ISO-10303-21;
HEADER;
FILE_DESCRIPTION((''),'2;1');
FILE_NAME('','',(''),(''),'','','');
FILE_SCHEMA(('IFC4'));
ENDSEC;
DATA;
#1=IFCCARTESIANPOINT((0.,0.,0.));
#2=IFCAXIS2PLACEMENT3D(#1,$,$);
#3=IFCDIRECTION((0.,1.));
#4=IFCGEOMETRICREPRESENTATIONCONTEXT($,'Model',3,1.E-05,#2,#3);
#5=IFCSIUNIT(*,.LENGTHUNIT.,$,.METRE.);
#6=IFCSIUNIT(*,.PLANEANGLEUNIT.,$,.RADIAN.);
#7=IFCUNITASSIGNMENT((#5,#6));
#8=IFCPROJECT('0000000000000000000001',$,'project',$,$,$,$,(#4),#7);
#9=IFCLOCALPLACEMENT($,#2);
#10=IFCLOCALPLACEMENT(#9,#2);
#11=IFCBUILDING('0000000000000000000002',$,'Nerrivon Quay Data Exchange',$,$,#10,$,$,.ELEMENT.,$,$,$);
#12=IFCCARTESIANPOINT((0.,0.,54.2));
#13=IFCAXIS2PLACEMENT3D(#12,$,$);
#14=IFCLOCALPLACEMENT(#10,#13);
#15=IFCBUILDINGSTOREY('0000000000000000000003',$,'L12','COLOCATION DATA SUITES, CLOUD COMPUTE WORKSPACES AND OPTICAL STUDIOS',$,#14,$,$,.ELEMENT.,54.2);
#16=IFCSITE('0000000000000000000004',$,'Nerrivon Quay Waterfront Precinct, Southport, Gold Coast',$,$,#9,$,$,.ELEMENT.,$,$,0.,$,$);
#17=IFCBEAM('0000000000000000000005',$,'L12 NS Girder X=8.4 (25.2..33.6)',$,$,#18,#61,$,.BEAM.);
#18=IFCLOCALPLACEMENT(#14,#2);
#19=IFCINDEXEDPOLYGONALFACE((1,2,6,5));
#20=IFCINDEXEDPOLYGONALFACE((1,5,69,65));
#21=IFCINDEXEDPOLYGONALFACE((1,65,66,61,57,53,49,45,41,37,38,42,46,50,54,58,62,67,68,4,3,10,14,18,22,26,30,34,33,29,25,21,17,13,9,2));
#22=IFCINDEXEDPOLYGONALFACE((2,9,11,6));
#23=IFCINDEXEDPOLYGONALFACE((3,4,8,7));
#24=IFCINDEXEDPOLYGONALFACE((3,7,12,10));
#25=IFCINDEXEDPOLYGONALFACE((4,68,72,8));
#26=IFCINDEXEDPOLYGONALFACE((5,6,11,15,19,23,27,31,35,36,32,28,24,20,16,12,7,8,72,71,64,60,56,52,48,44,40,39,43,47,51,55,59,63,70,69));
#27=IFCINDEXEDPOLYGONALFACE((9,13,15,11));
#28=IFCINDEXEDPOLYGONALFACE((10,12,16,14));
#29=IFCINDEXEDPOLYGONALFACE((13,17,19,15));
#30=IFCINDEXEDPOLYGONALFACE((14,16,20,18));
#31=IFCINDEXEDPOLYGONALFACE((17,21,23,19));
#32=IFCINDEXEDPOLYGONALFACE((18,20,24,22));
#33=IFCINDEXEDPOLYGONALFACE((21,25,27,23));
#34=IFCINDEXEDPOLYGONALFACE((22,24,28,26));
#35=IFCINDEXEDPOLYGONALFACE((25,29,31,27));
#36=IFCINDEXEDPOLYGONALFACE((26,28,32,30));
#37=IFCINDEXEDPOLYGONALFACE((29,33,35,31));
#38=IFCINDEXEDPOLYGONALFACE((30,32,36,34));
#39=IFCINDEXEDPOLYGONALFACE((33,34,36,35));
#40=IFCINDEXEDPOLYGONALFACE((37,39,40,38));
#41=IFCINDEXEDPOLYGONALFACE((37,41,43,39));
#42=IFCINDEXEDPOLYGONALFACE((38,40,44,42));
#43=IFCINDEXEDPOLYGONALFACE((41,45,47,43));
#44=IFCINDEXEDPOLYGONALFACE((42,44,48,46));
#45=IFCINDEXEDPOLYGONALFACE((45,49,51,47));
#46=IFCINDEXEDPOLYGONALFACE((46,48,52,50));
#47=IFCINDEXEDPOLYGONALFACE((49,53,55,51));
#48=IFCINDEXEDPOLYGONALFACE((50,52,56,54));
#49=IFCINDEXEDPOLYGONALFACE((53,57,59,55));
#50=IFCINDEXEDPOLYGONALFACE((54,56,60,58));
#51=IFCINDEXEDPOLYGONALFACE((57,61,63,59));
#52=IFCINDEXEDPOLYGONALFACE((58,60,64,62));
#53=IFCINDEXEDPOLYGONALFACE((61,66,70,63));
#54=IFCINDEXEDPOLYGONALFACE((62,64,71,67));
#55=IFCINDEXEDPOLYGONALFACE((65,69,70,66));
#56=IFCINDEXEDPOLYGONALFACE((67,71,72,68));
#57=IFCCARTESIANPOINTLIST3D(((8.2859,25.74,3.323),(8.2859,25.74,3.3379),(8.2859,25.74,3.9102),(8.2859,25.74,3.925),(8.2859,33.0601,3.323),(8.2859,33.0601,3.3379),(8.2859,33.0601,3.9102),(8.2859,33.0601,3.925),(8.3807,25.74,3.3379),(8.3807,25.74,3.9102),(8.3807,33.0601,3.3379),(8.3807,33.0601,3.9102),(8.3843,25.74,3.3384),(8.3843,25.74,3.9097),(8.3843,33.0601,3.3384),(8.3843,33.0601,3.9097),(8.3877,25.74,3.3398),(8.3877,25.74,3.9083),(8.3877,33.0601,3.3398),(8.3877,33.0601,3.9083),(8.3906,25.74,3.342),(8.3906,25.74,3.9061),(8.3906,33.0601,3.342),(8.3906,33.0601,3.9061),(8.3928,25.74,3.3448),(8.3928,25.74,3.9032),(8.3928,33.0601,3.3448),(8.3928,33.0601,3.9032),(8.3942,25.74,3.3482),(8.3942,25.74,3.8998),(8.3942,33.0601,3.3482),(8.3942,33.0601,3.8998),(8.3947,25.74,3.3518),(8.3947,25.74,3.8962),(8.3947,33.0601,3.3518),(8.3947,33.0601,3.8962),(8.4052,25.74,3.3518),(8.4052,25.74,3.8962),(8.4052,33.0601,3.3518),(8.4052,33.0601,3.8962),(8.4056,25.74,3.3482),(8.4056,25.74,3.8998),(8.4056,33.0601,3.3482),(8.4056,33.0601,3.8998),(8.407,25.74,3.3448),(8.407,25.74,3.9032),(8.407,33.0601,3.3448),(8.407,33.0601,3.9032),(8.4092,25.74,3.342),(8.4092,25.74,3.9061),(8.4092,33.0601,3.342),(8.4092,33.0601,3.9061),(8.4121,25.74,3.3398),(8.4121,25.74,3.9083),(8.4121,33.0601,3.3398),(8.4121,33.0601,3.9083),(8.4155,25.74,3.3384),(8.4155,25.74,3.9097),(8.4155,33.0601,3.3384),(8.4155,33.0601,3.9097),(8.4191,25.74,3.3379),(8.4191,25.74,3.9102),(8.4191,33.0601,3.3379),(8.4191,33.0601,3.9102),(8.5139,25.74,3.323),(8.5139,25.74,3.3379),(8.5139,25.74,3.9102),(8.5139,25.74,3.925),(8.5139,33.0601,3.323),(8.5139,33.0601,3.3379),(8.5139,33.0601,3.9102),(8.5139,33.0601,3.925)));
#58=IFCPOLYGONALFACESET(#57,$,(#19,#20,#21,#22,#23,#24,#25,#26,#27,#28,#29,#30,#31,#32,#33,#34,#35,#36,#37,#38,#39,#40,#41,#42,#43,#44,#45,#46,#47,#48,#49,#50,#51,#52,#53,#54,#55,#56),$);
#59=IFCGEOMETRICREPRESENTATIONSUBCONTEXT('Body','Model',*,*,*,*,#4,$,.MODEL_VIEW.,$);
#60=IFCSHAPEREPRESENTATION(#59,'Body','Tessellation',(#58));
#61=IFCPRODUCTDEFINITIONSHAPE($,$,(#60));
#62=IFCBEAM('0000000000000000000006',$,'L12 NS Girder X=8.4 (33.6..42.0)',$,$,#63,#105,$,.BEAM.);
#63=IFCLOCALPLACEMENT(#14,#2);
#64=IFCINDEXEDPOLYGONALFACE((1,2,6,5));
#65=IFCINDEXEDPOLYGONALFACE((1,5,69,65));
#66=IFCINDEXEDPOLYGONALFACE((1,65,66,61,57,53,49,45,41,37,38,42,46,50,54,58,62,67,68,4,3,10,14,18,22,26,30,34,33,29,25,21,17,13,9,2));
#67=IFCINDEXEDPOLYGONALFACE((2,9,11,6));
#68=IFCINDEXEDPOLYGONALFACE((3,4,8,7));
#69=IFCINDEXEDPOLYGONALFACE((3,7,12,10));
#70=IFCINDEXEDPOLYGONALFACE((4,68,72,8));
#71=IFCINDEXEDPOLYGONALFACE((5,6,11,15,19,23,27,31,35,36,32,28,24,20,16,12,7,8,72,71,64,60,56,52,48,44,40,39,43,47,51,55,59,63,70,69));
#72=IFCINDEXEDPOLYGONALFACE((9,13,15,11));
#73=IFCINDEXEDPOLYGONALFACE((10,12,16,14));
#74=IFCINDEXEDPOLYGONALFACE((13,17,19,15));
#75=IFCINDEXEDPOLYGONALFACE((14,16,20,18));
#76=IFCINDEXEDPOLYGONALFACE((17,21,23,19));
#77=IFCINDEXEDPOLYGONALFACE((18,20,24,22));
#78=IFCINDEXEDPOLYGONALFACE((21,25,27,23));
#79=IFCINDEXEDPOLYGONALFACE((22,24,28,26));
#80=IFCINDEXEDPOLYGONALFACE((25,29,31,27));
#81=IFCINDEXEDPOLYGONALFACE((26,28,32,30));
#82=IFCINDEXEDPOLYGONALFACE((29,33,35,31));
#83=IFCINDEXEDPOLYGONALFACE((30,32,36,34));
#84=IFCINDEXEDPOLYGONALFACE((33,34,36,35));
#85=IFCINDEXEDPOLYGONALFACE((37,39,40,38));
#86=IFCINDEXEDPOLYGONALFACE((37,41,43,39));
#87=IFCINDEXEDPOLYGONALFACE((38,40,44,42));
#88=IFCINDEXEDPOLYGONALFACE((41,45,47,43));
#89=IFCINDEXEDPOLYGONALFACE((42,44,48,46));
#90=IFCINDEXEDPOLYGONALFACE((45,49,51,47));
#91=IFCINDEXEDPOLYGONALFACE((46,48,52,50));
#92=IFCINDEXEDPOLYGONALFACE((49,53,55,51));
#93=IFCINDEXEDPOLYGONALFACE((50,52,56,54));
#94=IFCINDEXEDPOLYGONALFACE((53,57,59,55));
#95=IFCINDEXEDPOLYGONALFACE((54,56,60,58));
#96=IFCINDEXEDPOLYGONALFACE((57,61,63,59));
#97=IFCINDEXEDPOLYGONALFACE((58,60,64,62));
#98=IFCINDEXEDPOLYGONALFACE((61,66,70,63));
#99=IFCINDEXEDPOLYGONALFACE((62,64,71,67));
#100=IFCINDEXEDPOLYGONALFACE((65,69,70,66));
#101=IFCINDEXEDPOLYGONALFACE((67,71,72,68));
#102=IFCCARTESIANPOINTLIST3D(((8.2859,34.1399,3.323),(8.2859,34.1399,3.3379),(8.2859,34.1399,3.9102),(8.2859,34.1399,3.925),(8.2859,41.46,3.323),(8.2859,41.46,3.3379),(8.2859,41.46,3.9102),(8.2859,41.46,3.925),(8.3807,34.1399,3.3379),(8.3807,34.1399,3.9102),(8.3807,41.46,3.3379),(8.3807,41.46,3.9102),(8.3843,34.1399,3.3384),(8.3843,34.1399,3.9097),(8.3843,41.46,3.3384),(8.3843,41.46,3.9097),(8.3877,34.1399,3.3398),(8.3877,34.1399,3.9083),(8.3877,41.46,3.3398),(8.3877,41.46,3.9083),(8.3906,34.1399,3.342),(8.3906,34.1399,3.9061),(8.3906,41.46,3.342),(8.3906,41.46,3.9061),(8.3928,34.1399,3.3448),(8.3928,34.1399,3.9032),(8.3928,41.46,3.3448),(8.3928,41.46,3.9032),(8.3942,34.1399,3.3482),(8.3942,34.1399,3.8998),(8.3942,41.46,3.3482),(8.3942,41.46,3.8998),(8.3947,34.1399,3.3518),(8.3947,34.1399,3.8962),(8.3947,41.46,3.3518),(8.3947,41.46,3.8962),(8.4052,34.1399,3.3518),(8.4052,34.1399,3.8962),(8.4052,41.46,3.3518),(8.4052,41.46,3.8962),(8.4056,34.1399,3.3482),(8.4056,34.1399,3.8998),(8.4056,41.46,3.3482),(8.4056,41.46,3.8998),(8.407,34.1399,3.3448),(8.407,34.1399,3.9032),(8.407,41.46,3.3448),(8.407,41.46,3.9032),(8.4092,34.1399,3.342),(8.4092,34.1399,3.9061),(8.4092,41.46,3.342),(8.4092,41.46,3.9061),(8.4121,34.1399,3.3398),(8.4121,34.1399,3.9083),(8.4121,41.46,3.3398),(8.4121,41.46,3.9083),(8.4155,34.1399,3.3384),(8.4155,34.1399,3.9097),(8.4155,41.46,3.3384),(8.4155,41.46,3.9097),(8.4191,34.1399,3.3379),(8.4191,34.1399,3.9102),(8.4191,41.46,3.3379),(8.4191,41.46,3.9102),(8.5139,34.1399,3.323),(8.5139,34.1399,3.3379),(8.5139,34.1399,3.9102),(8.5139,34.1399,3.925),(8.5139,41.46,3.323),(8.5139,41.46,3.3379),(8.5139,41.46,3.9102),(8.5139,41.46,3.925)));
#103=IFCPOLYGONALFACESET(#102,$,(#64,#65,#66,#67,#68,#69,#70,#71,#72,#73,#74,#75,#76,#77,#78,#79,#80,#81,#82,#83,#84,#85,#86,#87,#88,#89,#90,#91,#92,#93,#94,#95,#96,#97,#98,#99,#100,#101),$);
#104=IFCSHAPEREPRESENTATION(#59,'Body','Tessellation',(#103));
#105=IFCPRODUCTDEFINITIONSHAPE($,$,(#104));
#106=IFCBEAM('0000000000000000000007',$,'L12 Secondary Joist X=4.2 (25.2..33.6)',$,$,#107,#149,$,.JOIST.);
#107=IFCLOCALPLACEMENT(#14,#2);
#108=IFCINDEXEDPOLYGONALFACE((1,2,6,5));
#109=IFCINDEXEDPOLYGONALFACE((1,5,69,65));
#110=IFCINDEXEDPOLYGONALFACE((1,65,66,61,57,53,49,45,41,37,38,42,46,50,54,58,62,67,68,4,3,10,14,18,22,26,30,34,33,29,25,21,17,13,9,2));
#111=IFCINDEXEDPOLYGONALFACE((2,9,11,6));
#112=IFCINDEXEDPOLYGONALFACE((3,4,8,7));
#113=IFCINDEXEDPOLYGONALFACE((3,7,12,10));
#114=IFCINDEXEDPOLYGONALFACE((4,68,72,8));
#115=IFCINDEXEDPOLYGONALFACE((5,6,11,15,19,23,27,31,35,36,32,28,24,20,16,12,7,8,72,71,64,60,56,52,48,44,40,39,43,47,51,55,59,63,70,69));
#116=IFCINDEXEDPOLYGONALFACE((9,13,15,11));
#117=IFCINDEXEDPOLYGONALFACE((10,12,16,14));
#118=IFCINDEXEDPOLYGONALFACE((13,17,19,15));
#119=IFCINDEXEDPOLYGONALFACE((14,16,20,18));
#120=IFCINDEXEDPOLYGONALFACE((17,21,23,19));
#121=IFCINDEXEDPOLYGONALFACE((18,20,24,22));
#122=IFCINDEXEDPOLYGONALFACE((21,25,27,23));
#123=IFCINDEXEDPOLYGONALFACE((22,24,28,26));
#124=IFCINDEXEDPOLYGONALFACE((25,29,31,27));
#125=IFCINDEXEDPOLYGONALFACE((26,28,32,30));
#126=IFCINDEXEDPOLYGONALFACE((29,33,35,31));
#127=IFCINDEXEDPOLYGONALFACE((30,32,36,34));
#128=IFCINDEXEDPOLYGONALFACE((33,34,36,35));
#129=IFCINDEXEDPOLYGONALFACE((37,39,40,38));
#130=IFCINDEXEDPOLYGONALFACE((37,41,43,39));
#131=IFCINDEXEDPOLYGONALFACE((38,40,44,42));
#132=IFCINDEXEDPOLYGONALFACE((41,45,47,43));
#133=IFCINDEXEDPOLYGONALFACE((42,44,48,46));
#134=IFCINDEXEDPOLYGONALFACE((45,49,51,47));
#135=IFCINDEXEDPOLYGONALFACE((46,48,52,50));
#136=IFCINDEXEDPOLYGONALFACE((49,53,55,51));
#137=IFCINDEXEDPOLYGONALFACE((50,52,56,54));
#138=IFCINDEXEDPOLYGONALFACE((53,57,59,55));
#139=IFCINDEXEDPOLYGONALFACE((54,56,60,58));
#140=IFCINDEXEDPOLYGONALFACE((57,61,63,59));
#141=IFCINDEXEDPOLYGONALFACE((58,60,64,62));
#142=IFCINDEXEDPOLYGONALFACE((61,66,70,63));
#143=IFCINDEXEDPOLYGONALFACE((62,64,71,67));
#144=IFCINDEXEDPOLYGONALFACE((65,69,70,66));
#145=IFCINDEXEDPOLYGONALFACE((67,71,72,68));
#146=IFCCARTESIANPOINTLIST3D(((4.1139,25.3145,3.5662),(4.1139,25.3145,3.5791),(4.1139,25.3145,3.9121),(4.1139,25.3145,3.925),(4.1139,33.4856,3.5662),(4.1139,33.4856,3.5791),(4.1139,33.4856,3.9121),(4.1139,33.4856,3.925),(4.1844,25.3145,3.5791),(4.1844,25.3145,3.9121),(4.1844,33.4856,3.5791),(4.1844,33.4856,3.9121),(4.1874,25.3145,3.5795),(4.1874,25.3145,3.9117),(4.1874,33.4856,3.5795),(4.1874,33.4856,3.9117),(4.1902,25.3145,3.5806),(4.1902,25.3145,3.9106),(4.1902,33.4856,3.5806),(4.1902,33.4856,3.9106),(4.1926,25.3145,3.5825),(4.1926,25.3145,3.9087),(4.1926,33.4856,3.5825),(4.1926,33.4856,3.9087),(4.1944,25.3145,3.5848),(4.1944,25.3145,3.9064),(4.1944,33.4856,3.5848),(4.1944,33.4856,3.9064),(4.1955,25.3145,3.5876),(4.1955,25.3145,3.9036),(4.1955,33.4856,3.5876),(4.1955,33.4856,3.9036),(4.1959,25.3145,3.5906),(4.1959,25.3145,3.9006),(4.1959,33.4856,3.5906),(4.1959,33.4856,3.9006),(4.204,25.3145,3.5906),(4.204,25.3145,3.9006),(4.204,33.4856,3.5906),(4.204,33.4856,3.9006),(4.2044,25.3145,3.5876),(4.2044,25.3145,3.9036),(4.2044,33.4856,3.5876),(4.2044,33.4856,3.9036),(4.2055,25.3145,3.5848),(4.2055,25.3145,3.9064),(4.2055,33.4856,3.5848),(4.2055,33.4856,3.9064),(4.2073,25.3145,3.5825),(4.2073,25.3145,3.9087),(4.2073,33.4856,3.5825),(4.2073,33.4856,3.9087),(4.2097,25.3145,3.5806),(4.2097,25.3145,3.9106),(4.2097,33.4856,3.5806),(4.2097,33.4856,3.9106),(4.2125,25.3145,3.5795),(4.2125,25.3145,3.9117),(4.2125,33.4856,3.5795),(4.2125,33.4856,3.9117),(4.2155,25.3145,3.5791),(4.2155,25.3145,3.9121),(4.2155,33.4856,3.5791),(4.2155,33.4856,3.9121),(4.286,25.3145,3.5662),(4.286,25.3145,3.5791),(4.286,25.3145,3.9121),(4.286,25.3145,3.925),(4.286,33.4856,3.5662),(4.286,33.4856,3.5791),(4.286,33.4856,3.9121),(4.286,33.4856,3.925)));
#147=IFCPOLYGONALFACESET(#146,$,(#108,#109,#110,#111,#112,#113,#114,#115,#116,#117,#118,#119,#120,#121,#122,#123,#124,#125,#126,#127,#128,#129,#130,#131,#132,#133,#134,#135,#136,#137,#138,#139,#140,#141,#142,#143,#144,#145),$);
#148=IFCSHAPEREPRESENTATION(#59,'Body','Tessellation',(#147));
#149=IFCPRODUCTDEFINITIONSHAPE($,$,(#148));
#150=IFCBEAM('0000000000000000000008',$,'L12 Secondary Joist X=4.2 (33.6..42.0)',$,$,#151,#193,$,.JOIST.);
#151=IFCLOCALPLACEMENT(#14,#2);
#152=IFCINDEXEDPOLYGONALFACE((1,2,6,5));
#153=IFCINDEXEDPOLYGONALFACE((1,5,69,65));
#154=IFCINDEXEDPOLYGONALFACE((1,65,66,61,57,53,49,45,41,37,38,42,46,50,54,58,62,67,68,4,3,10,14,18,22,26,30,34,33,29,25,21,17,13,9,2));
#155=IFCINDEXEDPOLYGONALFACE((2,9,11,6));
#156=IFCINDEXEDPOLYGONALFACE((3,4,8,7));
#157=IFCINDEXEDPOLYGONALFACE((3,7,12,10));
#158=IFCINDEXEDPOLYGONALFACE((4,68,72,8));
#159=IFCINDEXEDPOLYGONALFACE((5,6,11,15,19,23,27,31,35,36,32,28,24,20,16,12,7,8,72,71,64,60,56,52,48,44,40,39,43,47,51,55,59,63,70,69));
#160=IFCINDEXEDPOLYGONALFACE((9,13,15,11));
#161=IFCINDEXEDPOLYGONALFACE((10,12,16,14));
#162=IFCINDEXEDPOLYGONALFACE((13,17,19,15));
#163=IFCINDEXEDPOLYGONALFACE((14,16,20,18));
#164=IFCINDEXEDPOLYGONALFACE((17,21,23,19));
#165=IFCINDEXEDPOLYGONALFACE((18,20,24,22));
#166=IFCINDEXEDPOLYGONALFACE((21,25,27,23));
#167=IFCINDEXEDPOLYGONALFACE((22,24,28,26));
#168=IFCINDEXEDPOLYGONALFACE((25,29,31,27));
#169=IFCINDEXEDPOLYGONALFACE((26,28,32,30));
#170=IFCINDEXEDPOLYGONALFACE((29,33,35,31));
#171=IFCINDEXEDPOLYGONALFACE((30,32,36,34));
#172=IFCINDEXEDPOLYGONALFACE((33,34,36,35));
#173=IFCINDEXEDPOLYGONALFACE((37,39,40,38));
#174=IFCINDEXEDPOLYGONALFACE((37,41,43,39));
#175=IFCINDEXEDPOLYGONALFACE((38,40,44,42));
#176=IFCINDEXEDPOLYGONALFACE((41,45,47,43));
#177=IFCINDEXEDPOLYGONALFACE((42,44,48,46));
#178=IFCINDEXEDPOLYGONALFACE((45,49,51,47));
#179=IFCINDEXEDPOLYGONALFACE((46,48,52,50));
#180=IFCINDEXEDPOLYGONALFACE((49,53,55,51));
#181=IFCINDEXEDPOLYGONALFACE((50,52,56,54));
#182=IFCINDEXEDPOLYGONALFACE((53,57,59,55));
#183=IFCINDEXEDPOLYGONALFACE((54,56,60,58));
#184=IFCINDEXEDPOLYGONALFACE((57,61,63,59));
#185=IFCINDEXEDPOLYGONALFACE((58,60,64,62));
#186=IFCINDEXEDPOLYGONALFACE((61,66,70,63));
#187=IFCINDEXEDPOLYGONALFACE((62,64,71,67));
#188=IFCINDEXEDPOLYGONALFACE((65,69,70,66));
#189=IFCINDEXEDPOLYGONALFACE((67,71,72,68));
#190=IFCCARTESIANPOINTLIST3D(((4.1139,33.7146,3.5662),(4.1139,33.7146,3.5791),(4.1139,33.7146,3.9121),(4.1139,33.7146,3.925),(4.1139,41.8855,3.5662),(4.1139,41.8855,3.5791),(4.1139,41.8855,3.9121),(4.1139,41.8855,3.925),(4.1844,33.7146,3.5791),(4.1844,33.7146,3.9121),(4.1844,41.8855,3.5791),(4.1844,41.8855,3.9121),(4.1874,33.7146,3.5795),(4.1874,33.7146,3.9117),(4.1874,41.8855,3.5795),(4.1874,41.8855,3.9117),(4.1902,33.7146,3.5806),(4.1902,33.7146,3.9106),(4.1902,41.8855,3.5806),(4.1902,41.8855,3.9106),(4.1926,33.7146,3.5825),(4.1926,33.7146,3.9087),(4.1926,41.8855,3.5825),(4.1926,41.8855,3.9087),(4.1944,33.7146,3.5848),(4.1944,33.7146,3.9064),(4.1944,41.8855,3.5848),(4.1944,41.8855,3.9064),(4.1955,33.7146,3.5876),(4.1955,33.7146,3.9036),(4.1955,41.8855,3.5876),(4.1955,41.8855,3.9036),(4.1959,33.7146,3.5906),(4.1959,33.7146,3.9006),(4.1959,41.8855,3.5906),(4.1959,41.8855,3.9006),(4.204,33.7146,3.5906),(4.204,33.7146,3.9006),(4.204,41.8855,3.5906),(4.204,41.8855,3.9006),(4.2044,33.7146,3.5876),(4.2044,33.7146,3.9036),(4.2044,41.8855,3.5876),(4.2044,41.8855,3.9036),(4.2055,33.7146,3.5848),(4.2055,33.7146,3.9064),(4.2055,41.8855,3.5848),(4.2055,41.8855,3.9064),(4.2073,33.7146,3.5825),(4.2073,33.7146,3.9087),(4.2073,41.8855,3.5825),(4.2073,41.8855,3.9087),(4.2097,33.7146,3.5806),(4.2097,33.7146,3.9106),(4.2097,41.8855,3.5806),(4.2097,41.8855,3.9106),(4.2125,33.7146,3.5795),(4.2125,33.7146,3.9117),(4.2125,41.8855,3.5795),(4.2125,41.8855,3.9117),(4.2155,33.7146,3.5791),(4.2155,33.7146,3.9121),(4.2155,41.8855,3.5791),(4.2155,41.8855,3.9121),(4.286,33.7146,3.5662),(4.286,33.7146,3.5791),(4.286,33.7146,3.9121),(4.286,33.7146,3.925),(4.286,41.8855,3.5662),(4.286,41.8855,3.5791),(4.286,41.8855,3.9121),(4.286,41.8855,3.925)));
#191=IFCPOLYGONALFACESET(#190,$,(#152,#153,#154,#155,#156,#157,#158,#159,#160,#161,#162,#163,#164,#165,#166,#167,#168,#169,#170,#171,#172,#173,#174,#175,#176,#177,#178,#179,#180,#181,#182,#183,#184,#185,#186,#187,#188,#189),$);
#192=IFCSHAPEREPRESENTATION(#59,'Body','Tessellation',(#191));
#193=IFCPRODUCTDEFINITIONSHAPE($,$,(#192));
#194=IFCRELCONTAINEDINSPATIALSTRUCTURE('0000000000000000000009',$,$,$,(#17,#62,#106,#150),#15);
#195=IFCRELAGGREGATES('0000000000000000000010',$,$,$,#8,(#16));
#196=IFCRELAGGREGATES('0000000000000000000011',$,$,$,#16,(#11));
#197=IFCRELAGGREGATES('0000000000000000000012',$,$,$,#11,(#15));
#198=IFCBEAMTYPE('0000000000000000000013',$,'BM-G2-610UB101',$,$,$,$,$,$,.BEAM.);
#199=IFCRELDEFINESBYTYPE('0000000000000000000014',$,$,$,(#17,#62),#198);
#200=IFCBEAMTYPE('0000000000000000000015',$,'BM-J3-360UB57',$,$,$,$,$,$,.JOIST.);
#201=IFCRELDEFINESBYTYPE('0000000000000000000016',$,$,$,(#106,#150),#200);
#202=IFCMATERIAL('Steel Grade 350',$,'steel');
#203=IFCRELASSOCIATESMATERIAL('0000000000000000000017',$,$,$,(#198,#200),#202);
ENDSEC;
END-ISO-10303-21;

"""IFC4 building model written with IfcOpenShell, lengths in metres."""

from ifc_helpers import new_model, si_unit, direction, frame, origin, origin_2d, place, context, subcontext, project, spatial, i_section, extrude, material, material_profile, profile_set, type_object, element, save


model = new_model("IFC4")

# Units and contexts
model_context = context("Model", 3, precision=1e-05, world=origin(), true_north=direction((0.0, 1.0)))
body_context = subcontext(model_context, "Body", "Model", "MODEL_VIEW")
ifc_project = project(units=[si_unit("LENGTHUNIT", "METRE"), si_unit("PLANEANGLEUNIT", "RADIAN")], contexts=[model_context])

# Site, building, storey
site_placement = place(None, origin())
site = spatial("IfcSite", under=ifc_project, at=site_placement, Name="Nerrivon Quay Waterfront Precinct, Southport, Gold Coast", CompositionType="ELEMENT", RefElevation=0.0)
building_placement = place(site_placement, origin())
building = spatial("IfcBuilding", under=site, at=building_placement, Name="Nerrivon Quay Data Exchange", CompositionType="ELEMENT")
storey_placement = place(building_placement, frame((0.0, 0.0, 54.2)))
storey = spatial("IfcBuildingStorey", under=building, at=storey_placement, Name="L12", Description="COLOCATION DATA SUITES, CLOUD COMPUTE WORKSPACES AND OPTICAL STUDIOS", CompositionType="ELEMENT", Elevation=54.2)

# Shared definitions
ifc_material_1 = material(Name="Steel Grade 350", Category="steel")

# Beams
ifc_material_profile_1 = material_profile(ifc_material_1, i_section(OverallWidth=0.228, OverallDepth=0.6021, WebThickness=0.0105, FlangeThickness=0.0149, FilletRadius=0.0139, at=origin_2d()), Name="610UB101")
ifc_profile_set_1 = profile_set([ifc_material_profile_1], Name="Steel Grade 350")
beam_type_1 = type_object("IfcBeamType", Name="BM-G2-610UB101", PredefinedType="BEAM", material=ifc_profile_set_1)
for number, where, z_axis, x_axis, name in (
    (1, (8.3999, 25.74, 3.624), (0.0, 1.0, 0.0), (-1.0, 0.0, 0.0), "L12 NS Girder X=8.4 (25.2..33.6)"),
    (2, (8.3999, 34.1399, 3.624), (0.0, 1.0, 0.0), (-1.0, 0.0, 0.0), "L12 NS Girder X=8.4 (33.6..42.0)"),
):
    element("IfcBeam", number, at=place(storey_placement, frame(where, z_axis=z_axis, x_axis=x_axis)), inside=storey, type_object=beam_type_1, Name=name, PredefinedType="BEAM", context=body_context, shape_type="SweptSolid", body=[
        extrude(i_section(OverallWidth=0.228, OverallDepth=0.6021, WebThickness=0.0105, FlangeThickness=0.0149, FilletRadius=0.0139, at=origin_2d()), origin(), (0.0, 0.0, 1.0), 7.3201),
    ])
ifc_material_profile_2 = material_profile(ifc_material_1, i_section(OverallWidth=0.1721, OverallDepth=0.3589, WebThickness=0.0081, FlangeThickness=0.0129, FilletRadius=0.0115, at=origin_2d()), Name="360UB56.7")
ifc_profile_set_2 = profile_set([ifc_material_profile_2], Name="Steel Grade 350")
beam_type_2 = type_object("IfcBeamType", Name="BM-J3-360UB57", PredefinedType="JOIST", material=ifc_profile_set_2)
beam_1_placement = place(storey_placement, frame((4.2, 25.3145, 3.7456), z_axis=(0.0, 1.0, 0.0), x_axis=(-1.0, 0.0, 0.0)))
element("IfcBeam", 3, at=beam_1_placement, inside=storey, type_object=beam_type_2, Name="L12 Secondary Joist X=4.2 (25.2..33.6)", PredefinedType="JOIST", context=body_context, shape_type="SweptSolid", body=[
    extrude(i_section(OverallWidth=0.1721, OverallDepth=0.3589, WebThickness=0.0081, FlangeThickness=0.0129, FilletRadius=0.0115, at=origin_2d()), origin(), (0.0, 0.0, 1.0), 8.1711),
])
beam_2_placement = place(storey_placement, frame((4.2, 33.7146, 3.7456), z_axis=(0.0, 1.0, 0.0), x_axis=(-1.0, 0.0, 0.0)))
element("IfcBeam", 4, at=beam_2_placement, inside=storey, type_object=beam_type_2, Name="L12 Secondary Joist X=4.2 (33.6..42.0)", PredefinedType="JOIST", context=body_context, shape_type="SweptSolid", body=[
    extrude(i_section(OverallWidth=0.1721, OverallDepth=0.3589, WebThickness=0.0081, FlangeThickness=0.0129, FilletRadius=0.0115, at=origin_2d()), origin(), (0.0, 0.0, 1.0), 8.1709),
])

save(model, "model.ifc")
